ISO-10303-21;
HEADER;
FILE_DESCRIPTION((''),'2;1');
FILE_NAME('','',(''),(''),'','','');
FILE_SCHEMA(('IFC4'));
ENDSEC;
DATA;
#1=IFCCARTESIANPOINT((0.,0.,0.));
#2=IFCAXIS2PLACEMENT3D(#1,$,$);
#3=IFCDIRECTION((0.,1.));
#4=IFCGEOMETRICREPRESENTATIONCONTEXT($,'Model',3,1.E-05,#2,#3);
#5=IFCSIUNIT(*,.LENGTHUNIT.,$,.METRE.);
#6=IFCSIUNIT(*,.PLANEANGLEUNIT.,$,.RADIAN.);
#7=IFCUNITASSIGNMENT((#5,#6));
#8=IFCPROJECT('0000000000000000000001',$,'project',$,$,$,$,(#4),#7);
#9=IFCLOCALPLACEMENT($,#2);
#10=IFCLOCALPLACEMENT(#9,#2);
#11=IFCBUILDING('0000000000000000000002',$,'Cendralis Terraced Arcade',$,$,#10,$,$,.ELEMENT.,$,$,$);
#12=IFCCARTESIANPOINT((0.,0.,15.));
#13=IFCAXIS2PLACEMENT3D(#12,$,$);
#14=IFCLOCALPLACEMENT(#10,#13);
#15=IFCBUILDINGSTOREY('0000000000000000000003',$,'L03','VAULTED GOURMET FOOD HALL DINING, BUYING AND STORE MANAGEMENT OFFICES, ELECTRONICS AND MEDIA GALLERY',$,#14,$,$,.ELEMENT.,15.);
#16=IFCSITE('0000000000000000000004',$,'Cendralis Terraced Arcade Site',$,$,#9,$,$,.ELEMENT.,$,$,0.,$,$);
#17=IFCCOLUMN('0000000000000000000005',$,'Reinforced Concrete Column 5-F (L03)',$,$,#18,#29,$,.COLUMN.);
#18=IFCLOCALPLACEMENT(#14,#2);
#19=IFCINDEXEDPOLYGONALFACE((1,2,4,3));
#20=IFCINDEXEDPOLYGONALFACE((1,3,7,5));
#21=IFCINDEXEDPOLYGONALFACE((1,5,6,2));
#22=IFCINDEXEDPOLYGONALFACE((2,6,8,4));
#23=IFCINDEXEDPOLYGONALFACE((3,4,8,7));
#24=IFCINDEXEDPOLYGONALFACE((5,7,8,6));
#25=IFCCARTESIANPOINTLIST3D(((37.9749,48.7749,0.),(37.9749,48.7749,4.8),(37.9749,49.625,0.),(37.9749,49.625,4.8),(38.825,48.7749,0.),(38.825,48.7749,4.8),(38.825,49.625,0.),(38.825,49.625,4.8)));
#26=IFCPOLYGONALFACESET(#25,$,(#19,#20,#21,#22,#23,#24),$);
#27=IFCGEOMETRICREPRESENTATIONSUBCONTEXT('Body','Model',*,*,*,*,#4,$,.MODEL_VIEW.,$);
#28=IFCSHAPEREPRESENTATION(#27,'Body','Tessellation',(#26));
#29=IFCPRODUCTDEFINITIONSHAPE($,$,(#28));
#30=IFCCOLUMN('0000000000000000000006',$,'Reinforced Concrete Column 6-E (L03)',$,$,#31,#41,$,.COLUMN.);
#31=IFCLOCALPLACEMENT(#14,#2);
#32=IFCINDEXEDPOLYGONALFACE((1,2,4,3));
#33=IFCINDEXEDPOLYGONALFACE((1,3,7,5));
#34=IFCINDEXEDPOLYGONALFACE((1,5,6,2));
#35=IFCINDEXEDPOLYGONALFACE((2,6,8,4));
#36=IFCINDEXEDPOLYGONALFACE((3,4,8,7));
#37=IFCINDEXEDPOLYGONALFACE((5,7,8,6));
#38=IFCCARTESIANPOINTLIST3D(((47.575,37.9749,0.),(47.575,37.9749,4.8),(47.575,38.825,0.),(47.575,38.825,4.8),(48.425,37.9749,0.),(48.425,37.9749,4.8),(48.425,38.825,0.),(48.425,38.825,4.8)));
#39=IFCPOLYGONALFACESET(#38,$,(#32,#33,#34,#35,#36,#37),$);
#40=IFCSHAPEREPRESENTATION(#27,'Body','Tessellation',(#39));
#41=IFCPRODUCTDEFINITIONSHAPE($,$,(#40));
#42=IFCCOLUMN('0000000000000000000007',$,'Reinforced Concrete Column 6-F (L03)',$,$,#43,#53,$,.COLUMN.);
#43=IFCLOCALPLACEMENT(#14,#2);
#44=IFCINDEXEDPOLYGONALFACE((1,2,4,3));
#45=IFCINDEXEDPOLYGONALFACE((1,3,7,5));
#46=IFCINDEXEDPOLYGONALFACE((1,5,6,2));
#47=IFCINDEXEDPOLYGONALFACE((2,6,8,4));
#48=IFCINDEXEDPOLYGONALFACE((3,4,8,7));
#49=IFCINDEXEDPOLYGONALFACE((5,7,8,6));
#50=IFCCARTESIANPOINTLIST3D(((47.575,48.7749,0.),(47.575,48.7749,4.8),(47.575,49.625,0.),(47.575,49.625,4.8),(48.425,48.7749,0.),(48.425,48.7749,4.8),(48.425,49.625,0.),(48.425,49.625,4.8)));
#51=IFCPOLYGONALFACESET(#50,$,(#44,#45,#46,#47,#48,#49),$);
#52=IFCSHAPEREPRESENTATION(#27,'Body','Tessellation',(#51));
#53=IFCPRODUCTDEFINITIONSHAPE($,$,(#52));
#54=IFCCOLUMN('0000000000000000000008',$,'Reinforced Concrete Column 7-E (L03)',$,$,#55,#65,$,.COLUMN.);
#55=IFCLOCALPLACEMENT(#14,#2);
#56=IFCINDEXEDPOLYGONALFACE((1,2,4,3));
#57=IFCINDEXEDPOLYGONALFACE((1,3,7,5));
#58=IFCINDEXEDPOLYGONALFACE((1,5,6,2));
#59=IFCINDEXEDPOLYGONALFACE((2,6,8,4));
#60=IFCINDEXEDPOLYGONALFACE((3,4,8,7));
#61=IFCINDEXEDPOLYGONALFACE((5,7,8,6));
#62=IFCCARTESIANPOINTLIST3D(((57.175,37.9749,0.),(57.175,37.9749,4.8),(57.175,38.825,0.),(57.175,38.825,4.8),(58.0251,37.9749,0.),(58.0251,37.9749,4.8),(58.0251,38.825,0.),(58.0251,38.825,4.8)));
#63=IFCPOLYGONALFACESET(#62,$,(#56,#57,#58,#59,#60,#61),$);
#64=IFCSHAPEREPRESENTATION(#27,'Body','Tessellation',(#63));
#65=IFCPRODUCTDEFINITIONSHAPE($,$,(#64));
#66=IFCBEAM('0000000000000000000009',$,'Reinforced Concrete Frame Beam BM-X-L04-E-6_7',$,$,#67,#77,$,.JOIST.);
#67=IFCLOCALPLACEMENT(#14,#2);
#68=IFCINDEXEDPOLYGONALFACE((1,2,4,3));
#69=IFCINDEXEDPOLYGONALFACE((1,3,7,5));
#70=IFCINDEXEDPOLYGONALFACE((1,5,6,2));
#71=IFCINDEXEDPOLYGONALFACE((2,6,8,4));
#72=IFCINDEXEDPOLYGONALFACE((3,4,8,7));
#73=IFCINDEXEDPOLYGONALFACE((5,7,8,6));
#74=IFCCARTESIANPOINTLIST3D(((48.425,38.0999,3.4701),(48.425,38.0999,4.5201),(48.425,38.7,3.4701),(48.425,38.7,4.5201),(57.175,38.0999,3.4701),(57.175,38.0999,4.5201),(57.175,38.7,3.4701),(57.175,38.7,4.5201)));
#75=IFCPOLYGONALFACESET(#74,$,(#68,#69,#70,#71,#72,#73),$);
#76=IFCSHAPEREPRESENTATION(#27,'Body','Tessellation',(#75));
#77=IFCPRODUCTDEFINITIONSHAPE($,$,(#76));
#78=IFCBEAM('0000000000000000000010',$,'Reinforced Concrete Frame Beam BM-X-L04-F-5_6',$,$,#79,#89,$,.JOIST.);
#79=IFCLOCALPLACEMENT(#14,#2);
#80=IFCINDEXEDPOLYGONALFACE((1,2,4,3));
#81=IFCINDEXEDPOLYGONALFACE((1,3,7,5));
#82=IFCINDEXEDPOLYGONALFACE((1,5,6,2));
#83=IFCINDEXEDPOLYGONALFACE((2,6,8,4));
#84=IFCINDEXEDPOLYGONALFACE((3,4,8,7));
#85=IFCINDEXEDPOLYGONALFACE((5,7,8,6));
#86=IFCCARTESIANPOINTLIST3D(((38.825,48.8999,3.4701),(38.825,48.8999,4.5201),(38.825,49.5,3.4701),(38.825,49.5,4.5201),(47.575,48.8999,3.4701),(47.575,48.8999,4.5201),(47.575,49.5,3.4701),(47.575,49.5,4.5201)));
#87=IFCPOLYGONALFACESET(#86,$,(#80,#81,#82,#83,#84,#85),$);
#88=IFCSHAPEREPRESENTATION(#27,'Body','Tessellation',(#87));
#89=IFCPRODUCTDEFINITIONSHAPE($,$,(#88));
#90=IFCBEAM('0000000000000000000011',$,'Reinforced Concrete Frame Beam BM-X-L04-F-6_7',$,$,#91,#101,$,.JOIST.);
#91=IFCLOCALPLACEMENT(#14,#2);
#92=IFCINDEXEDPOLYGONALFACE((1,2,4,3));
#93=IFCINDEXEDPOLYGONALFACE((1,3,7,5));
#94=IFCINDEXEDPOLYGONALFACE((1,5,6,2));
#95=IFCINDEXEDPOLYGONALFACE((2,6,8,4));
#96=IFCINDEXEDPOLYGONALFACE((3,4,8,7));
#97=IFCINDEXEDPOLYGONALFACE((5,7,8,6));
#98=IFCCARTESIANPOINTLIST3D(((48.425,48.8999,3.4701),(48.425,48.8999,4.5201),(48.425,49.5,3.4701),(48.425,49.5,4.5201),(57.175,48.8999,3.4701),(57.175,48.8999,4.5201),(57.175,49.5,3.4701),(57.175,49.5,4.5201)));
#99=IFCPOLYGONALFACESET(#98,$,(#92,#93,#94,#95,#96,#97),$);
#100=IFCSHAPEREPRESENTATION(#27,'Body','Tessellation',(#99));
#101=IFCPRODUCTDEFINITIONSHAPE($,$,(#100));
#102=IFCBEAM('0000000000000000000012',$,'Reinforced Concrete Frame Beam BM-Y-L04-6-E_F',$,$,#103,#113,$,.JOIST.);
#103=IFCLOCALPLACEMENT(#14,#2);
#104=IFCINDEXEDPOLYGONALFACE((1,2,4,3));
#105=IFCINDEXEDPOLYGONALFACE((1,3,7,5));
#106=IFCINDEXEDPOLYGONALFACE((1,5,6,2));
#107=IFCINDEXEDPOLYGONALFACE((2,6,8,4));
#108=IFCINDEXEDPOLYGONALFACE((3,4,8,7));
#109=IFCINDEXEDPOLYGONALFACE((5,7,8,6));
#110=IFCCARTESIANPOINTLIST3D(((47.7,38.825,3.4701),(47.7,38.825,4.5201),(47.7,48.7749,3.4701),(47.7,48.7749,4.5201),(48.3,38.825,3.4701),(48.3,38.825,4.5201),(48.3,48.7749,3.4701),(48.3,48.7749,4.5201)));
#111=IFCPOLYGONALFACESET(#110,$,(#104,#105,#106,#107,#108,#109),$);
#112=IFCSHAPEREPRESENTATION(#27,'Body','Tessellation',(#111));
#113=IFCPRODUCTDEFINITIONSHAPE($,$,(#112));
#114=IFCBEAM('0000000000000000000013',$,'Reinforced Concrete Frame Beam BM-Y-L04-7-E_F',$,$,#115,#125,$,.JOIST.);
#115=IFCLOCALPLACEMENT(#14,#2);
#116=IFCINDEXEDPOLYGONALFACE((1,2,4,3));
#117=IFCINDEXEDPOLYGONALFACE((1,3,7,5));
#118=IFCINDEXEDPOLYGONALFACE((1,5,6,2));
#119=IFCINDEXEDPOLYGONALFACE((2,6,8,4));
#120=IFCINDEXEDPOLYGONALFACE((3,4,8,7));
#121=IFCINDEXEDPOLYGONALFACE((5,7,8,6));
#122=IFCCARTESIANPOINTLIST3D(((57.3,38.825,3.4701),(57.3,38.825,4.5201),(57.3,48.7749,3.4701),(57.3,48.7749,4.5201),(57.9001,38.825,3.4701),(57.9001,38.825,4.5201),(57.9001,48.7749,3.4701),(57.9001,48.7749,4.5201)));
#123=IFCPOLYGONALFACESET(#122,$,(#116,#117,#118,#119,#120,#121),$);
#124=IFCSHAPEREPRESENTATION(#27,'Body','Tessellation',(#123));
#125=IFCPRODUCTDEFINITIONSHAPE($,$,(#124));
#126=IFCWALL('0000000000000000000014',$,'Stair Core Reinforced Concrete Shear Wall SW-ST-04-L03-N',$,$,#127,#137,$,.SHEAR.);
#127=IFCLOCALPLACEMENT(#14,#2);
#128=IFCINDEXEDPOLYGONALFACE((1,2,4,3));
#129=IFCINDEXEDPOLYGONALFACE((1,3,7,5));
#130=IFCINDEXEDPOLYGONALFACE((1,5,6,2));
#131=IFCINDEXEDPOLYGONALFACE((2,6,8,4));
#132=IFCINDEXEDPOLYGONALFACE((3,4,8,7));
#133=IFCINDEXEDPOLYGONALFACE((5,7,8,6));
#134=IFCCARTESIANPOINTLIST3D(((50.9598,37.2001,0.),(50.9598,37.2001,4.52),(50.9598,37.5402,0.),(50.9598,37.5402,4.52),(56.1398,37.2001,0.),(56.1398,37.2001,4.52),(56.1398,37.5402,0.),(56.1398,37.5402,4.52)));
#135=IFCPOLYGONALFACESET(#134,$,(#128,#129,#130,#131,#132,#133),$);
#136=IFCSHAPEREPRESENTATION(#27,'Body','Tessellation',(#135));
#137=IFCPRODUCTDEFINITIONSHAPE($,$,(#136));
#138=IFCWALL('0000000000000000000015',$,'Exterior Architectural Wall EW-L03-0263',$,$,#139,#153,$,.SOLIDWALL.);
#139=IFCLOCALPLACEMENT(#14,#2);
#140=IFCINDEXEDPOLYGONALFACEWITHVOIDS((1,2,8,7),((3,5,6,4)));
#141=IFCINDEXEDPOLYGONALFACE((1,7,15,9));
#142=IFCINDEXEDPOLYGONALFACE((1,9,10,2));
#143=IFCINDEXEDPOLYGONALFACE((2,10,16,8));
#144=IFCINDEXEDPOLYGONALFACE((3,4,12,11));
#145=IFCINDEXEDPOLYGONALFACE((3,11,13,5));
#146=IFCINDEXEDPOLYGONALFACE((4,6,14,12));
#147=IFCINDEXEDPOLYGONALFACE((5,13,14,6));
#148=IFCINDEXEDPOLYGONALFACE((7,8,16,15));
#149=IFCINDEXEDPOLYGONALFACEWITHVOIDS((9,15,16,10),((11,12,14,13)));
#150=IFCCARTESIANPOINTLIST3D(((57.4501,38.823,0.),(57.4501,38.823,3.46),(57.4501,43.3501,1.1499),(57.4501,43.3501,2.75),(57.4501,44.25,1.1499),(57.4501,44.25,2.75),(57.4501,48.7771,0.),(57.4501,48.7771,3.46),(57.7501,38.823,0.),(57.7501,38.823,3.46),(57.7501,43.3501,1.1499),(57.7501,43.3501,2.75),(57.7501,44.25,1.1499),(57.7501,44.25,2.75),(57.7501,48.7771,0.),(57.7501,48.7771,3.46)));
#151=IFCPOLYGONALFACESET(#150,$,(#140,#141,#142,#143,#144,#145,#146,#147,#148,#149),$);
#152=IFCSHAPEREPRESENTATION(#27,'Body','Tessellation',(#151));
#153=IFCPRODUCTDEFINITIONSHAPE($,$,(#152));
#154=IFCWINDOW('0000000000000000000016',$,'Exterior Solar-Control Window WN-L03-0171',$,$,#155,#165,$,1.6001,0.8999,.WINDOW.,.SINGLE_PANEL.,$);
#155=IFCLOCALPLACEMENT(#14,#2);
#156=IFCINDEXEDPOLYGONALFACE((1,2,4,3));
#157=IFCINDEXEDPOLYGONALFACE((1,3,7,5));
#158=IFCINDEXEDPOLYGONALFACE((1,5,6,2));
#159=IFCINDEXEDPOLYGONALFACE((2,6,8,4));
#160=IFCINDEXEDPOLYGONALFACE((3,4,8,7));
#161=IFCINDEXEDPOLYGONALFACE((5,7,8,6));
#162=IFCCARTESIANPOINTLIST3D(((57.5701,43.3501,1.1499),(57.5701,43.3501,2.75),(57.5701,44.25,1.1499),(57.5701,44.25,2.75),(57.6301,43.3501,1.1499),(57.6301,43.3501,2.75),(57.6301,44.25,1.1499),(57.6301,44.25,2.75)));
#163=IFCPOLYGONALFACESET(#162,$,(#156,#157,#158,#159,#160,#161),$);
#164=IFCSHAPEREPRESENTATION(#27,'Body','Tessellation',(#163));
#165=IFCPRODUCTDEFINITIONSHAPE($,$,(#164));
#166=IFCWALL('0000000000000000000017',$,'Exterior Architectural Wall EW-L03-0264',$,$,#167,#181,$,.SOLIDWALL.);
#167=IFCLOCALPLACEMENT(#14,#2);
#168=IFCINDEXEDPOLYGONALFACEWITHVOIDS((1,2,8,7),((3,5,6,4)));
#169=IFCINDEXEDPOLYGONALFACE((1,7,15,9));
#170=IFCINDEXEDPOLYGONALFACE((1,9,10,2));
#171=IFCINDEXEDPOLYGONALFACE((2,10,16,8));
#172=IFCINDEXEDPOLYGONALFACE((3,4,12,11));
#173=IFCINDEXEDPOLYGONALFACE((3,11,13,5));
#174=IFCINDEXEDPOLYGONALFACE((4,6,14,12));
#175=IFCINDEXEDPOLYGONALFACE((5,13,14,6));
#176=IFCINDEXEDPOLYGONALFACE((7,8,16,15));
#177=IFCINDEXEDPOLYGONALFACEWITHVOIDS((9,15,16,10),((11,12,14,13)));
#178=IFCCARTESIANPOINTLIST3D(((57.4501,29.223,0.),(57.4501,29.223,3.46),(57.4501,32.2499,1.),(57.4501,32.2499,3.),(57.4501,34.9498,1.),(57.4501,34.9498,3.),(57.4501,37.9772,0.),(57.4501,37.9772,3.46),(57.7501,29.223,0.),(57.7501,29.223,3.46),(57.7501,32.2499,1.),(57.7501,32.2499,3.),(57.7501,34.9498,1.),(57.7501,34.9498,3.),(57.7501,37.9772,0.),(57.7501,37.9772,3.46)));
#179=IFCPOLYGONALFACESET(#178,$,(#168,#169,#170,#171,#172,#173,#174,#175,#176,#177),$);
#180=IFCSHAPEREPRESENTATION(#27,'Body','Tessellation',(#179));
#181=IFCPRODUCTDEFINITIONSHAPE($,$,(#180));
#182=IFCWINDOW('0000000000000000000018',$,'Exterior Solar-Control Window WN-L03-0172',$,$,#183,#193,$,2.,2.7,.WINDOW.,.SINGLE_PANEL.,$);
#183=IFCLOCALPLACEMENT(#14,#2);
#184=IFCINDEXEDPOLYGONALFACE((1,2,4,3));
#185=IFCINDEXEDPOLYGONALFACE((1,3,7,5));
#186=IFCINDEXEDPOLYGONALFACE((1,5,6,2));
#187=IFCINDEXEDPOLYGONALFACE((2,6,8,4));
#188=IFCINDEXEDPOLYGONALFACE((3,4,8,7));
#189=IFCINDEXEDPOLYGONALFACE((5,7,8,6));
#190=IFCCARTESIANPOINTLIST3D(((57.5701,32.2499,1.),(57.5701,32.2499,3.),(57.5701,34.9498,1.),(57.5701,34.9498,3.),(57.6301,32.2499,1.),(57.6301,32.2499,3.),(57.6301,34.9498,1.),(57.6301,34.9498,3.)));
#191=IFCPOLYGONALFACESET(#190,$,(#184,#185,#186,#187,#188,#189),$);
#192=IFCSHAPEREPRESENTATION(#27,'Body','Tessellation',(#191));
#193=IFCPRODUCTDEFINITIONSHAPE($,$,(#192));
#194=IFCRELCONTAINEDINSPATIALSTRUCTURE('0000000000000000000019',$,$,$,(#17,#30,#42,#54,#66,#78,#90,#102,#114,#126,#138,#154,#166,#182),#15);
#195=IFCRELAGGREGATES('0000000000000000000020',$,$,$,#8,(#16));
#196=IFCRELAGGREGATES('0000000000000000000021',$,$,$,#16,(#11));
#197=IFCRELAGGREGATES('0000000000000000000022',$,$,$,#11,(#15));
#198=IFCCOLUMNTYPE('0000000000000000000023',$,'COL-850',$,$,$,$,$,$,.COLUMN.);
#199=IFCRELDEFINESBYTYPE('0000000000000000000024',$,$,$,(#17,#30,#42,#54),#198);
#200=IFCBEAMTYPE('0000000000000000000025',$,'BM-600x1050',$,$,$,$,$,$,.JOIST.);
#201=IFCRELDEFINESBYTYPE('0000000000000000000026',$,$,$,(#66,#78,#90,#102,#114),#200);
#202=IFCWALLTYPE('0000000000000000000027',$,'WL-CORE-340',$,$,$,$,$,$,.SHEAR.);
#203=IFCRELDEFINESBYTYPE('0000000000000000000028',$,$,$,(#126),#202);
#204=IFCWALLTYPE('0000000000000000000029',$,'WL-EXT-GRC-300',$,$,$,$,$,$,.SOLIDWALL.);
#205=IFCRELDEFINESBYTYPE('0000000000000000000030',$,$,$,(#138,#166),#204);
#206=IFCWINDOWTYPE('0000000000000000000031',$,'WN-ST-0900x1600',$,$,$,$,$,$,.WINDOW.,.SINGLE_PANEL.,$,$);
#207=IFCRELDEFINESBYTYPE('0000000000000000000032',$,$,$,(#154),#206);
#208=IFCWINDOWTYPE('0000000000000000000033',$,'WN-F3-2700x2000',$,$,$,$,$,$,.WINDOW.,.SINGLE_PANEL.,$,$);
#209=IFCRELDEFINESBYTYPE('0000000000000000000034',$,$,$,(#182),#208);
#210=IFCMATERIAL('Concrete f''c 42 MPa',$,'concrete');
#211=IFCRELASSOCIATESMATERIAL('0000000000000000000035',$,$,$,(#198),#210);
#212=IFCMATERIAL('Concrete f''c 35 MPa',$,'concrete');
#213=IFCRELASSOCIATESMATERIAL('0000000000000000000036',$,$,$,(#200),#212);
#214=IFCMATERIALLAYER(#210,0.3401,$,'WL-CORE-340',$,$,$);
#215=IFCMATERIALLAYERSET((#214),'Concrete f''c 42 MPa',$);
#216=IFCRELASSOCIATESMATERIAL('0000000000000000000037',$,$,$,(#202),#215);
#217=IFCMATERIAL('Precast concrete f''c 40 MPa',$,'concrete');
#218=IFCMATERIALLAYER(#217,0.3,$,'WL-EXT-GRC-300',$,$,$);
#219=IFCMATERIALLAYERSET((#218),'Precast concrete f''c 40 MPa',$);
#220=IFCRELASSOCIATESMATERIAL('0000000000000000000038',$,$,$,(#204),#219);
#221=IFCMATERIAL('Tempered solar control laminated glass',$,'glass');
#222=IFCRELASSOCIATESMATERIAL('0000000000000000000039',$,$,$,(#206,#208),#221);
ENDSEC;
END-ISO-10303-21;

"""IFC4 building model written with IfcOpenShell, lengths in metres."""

from ifc_helpers import new_model, si_unit, direction, frame, frame_2d, origin, origin_2d, place, context, subcontext, project, spatial, rectangle, extrude, material, layer, layer_set, material_profile, profile_set, type_object, element, fill, save


model = new_model("IFC4")

# Units and contexts
model_context = context("Model", 3, precision=1e-05, world=origin(), true_north=direction((0.0, 1.0)))
body_context = subcontext(model_context, "Body", "Model", "MODEL_VIEW")
ifc_project = project(units=[si_unit("LENGTHUNIT", "METRE"), si_unit("PLANEANGLEUNIT", "RADIAN")], contexts=[model_context])

# Site, building, storey
site_placement = place(None, origin())
site = spatial("IfcSite", under=ifc_project, at=site_placement, Name="Cendralis Terraced Arcade Site", CompositionType="ELEMENT", RefElevation=0.0)
building_placement = place(site_placement, origin())
building = spatial("IfcBuilding", under=site, at=building_placement, Name="Cendralis Terraced Arcade", CompositionType="ELEMENT")
storey_placement = place(building_placement, frame((0.0, 0.0, 15.0)))
storey = spatial("IfcBuildingStorey", under=building, at=storey_placement, Name="L03", Description="VAULTED GOURMET FOOD HALL DINING, BUYING AND STORE MANAGEMENT OFFICES, ELECTRONICS AND MEDIA GALLERY", CompositionType="ELEMENT", Elevation=15.0)

# Columns
ifc_material_1 = material(Name="Concrete f'c 42 MPa", Category="concrete")
ifc_material_profile_1 = material_profile(ifc_material_1, rectangle(XDim=0.8501, YDim=0.8501, at=origin_2d()), Name="RC-COL-850x850", Category="LoadBearing")
ifc_profile_set_1 = profile_set([ifc_material_profile_1], Name="Concrete f'c 42 MPa")
column_type = type_object("IfcColumnType", Name="COL-850", PredefinedType="COLUMN", material=ifc_profile_set_1)
for number, where, z_axis, x_axis, name in (
    (1, (38.3999, 49.2, 0.0), (0.0, 0.0, 1.0), (1.0, 0.0, 0.0), "Reinforced Concrete Column 5-F (L03)"),
    (2, (48.0, 38.3999, 0.0), (0.0, 0.0, 1.0), (1.0, 0.0, 0.0), "Reinforced Concrete Column 6-E (L03)"),
    (3, (48.0, 49.2, 0.0), (0.0, 0.0, 1.0), (1.0, 0.0, 0.0), "Reinforced Concrete Column 6-F (L03)"),
    (4, (57.6001, 38.3999, 0.0), (0.0, 0.0, 1.0), (1.0, 0.0, 0.0), "Reinforced Concrete Column 7-E (L03)"),
):
    element("IfcColumn", number, at=place(storey_placement, frame(where, z_axis=z_axis, x_axis=x_axis)), inside=storey, type_object=column_type, Name=name, PredefinedType="COLUMN", context=body_context, shape_type="SweptSolid", body=[
        extrude(rectangle(XDim=0.8501, YDim=0.8501, at=origin_2d()), origin(), (0.0, 0.0, 1.0), 4.8),
    ])

# Beams
ifc_material_2 = material(Name="Concrete f'c 35 MPa", Category="concrete")
ifc_material_profile_2 = material_profile(ifc_material_2, rectangle(XDim=0.6001, YDim=1.05, at=origin_2d()), Name="RC-BM-600x1050", Category="LoadBearing")
ifc_profile_set_2 = profile_set([ifc_material_profile_2], Name="Concrete f'c 35 MPa")
beam_type = type_object("IfcBeamType", Name="BM-600x1050", PredefinedType="JOIST", material=ifc_profile_set_2)
for number, where, z_axis, x_axis, name in (
    (5, (48.425, 38.3999, 3.9951), (1.0, 0.0, 0.0), (0.0, 1.0, 0.0), "Reinforced Concrete Frame Beam BM-X-L04-E-6_7"),
    (6, (38.825, 49.2, 3.9951), (1.0, 0.0, 0.0), (0.0, 1.0, 0.0), "Reinforced Concrete Frame Beam BM-X-L04-F-5_6"),
    (7, (48.425, 49.2, 3.9951), (1.0, 0.0, 0.0), (0.0, 1.0, 0.0), "Reinforced Concrete Frame Beam BM-X-L04-F-6_7"),
):
    element("IfcBeam", number, at=place(storey_placement, frame(where, z_axis=z_axis, x_axis=x_axis)), inside=storey, type_object=beam_type, Name=name, PredefinedType="JOIST", context=body_context, shape_type="SweptSolid", body=[
        extrude(rectangle(XDim=0.6001, YDim=1.05, at=origin_2d()), origin(), (0.0, 0.0, 1.0), 8.75),
    ])
for number, where, z_axis, x_axis, name in (
    (8, (48.0, 38.825, 3.9951), (0.0, 1.0, 0.0), (-1.0, 0.0, 0.0), "Reinforced Concrete Frame Beam BM-Y-L04-6-E_F"),
    (9, (57.6001, 38.825, 3.9951), (0.0, 1.0, 0.0), (-1.0, 0.0, 0.0), "Reinforced Concrete Frame Beam BM-Y-L04-7-E_F"),
):
    element("IfcBeam", number, at=place(storey_placement, frame(where, z_axis=z_axis, x_axis=x_axis)), inside=storey, type_object=beam_type, Name=name, PredefinedType="JOIST", context=body_context, shape_type="SweptSolid", body=[
        extrude(rectangle(XDim=0.6001, YDim=1.05, at=origin_2d()), origin(), (0.0, 0.0, 1.0), 9.95),
    ])

# Wall
ifc_layer_1 = layer(ifc_material_1, 0.3401, Name="WL-CORE-340")
ifc_layer_set_1 = layer_set([ifc_layer_1], Name="Concrete f'c 42 MPa")
wall_type_1 = type_object("IfcWallType", Name="WL-CORE-340", PredefinedType="SHEAR", material=ifc_layer_set_1)
wall_1_placement = place(storey_placement, frame((50.96, 37.3701, 0.0), z_axis=(0.0, 0.0, 1.0), x_axis=(1.0, 0.0, 0.0)))
element("IfcWall", 10, at=wall_1_placement, inside=storey, type_object=wall_type_1, Name="Stair Core Reinforced Concrete Shear Wall SW-ST-04-L03-N", PredefinedType="SHEAR", context=body_context, shape_type="SweptSolid", body=[
    extrude(rectangle(XDim=5.1799, YDim=0.3401, at=frame_2d((2.5898, 0.0))), origin(), (0.0, 0.0, 1.0), 4.52),
])

# Walls, openings, windows
ifc_material_3 = material(Name="Precast concrete f'c 40 MPa", Category="concrete")
ifc_layer_2 = layer(ifc_material_3, 0.3, Name="WL-EXT-GRC-300")
ifc_layer_set_2 = layer_set([ifc_layer_2], Name="Precast concrete f'c 40 MPa")
wall_type_2 = type_object("IfcWallType", Name="WL-EXT-GRC-300", PredefinedType="SOLIDWALL", material=ifc_layer_set_2)
wall_2_placement = place(storey_placement, frame((57.6001, 48.7771, 0.0), z_axis=(0.0, 0.0, 1.0), x_axis=(0.0, -1.0, 0.0)))
wall_2 = element("IfcWall", 11, at=wall_2_placement, inside=storey, type_object=wall_type_2, Name="Exterior Architectural Wall EW-L03-0263", PredefinedType="SOLIDWALL", context=body_context, shape_type="SweptSolid", body=[
    extrude(rectangle(XDim=9.9541, YDim=0.3, at=frame_2d((4.9771, 0.0))), origin(), (0.0, 0.0, 1.0), 3.46),
])
opening_1_placement = place(wall_2_placement, frame((4.5271, 0.0, 1.1499)))
opening_1 = element("IfcOpeningElement", 12, at=opening_1_placement, cuts=wall_2, PredefinedType="OPENING", context=body_context, shape_type="SweptSolid", body=[
    extrude(rectangle(XDim=0.8999, YDim=1.6001, at=frame_2d((0.45, 0.8))), frame((0.0, 0.1621, 0.0), z_axis=(0.0, -1.0, 0.0), x_axis=(1.0, 0.0, 0.0)), (0.0, 0.0, 1.0), 0.324),
])
ifc_material_4 = material(Name="Tempered solar control laminated glass", Category="glass")
window_type_1 = type_object("IfcWindowType", Name="WN-ST-0900x1600", PartitioningType="SINGLE_PANEL", PredefinedType="WINDOW", material=ifc_material_4)
window_1_placement = place(opening_1_placement, origin())
window_1 = element("IfcWindow", 13, at=window_1_placement, inside=storey, type_object=window_type_1, Name="Exterior Solar-Control Window WN-L03-0171", OverallHeight=1.6001, OverallWidth=0.8999, PartitioningType="SINGLE_PANEL", PredefinedType="WINDOW", context=body_context, shape_type="SweptSolid", body=[
    extrude(rectangle(XDim=0.8999, YDim=1.6001, at=frame_2d((0.45, 0.8))), frame((0.0, 0.03, 0.0), z_axis=(0.0, -1.0, 0.0), x_axis=(1.0, 0.0, 0.0)), (0.0, 0.0, 1.0), 0.0601),
])
fill(opening_1, window_1)
wall_3_placement = place(storey_placement, frame((57.6001, 37.9771, 0.0), z_axis=(0.0, 0.0, 1.0), x_axis=(0.0, -1.0, 0.0)))
wall_3 = element("IfcWall", 14, at=wall_3_placement, inside=storey, type_object=wall_type_2, Name="Exterior Architectural Wall EW-L03-0264", PredefinedType="SOLIDWALL", context=body_context, shape_type="SweptSolid", body=[
    extrude(rectangle(XDim=8.7542, YDim=0.3, at=frame_2d((4.377, 0.0))), origin(), (0.0, 0.0, 1.0), 3.46),
])
opening_2_placement = place(wall_3_placement, frame((3.0271, 0.0, 1.0)))
opening_2 = element("IfcOpeningElement", 15, at=opening_2_placement, cuts=wall_3, PredefinedType="OPENING", context=body_context, shape_type="SweptSolid", body=[
    extrude(rectangle(XDim=2.7, YDim=2.0, at=frame_2d((1.3501, 1.0))), frame((0.0, 0.1621, 0.0), z_axis=(0.0, -1.0, 0.0), x_axis=(1.0, 0.0, 0.0)), (0.0, 0.0, 1.0), 0.324),
])
window_type_2 = type_object("IfcWindowType", Name="WN-F3-2700x2000", PartitioningType="SINGLE_PANEL", PredefinedType="WINDOW", material=ifc_material_4)
window_2_placement = place(opening_2_placement, origin())
window_2 = element("IfcWindow", 16, at=window_2_placement, inside=storey, type_object=window_type_2, Name="Exterior Solar-Control Window WN-L03-0172", OverallHeight=2.0, OverallWidth=2.7, PartitioningType="SINGLE_PANEL", PredefinedType="WINDOW", context=body_context, shape_type="SweptSolid", body=[
    extrude(rectangle(XDim=2.7, YDim=2.0, at=frame_2d((1.3501, 1.0))), frame((0.0, 0.03, 0.0), z_axis=(0.0, -1.0, 0.0), x_axis=(1.0, 0.0, 0.0)), (0.0, 0.0, 1.0), 0.0601),
])
fill(opening_2, window_2)

save(model, "model.ifc")
